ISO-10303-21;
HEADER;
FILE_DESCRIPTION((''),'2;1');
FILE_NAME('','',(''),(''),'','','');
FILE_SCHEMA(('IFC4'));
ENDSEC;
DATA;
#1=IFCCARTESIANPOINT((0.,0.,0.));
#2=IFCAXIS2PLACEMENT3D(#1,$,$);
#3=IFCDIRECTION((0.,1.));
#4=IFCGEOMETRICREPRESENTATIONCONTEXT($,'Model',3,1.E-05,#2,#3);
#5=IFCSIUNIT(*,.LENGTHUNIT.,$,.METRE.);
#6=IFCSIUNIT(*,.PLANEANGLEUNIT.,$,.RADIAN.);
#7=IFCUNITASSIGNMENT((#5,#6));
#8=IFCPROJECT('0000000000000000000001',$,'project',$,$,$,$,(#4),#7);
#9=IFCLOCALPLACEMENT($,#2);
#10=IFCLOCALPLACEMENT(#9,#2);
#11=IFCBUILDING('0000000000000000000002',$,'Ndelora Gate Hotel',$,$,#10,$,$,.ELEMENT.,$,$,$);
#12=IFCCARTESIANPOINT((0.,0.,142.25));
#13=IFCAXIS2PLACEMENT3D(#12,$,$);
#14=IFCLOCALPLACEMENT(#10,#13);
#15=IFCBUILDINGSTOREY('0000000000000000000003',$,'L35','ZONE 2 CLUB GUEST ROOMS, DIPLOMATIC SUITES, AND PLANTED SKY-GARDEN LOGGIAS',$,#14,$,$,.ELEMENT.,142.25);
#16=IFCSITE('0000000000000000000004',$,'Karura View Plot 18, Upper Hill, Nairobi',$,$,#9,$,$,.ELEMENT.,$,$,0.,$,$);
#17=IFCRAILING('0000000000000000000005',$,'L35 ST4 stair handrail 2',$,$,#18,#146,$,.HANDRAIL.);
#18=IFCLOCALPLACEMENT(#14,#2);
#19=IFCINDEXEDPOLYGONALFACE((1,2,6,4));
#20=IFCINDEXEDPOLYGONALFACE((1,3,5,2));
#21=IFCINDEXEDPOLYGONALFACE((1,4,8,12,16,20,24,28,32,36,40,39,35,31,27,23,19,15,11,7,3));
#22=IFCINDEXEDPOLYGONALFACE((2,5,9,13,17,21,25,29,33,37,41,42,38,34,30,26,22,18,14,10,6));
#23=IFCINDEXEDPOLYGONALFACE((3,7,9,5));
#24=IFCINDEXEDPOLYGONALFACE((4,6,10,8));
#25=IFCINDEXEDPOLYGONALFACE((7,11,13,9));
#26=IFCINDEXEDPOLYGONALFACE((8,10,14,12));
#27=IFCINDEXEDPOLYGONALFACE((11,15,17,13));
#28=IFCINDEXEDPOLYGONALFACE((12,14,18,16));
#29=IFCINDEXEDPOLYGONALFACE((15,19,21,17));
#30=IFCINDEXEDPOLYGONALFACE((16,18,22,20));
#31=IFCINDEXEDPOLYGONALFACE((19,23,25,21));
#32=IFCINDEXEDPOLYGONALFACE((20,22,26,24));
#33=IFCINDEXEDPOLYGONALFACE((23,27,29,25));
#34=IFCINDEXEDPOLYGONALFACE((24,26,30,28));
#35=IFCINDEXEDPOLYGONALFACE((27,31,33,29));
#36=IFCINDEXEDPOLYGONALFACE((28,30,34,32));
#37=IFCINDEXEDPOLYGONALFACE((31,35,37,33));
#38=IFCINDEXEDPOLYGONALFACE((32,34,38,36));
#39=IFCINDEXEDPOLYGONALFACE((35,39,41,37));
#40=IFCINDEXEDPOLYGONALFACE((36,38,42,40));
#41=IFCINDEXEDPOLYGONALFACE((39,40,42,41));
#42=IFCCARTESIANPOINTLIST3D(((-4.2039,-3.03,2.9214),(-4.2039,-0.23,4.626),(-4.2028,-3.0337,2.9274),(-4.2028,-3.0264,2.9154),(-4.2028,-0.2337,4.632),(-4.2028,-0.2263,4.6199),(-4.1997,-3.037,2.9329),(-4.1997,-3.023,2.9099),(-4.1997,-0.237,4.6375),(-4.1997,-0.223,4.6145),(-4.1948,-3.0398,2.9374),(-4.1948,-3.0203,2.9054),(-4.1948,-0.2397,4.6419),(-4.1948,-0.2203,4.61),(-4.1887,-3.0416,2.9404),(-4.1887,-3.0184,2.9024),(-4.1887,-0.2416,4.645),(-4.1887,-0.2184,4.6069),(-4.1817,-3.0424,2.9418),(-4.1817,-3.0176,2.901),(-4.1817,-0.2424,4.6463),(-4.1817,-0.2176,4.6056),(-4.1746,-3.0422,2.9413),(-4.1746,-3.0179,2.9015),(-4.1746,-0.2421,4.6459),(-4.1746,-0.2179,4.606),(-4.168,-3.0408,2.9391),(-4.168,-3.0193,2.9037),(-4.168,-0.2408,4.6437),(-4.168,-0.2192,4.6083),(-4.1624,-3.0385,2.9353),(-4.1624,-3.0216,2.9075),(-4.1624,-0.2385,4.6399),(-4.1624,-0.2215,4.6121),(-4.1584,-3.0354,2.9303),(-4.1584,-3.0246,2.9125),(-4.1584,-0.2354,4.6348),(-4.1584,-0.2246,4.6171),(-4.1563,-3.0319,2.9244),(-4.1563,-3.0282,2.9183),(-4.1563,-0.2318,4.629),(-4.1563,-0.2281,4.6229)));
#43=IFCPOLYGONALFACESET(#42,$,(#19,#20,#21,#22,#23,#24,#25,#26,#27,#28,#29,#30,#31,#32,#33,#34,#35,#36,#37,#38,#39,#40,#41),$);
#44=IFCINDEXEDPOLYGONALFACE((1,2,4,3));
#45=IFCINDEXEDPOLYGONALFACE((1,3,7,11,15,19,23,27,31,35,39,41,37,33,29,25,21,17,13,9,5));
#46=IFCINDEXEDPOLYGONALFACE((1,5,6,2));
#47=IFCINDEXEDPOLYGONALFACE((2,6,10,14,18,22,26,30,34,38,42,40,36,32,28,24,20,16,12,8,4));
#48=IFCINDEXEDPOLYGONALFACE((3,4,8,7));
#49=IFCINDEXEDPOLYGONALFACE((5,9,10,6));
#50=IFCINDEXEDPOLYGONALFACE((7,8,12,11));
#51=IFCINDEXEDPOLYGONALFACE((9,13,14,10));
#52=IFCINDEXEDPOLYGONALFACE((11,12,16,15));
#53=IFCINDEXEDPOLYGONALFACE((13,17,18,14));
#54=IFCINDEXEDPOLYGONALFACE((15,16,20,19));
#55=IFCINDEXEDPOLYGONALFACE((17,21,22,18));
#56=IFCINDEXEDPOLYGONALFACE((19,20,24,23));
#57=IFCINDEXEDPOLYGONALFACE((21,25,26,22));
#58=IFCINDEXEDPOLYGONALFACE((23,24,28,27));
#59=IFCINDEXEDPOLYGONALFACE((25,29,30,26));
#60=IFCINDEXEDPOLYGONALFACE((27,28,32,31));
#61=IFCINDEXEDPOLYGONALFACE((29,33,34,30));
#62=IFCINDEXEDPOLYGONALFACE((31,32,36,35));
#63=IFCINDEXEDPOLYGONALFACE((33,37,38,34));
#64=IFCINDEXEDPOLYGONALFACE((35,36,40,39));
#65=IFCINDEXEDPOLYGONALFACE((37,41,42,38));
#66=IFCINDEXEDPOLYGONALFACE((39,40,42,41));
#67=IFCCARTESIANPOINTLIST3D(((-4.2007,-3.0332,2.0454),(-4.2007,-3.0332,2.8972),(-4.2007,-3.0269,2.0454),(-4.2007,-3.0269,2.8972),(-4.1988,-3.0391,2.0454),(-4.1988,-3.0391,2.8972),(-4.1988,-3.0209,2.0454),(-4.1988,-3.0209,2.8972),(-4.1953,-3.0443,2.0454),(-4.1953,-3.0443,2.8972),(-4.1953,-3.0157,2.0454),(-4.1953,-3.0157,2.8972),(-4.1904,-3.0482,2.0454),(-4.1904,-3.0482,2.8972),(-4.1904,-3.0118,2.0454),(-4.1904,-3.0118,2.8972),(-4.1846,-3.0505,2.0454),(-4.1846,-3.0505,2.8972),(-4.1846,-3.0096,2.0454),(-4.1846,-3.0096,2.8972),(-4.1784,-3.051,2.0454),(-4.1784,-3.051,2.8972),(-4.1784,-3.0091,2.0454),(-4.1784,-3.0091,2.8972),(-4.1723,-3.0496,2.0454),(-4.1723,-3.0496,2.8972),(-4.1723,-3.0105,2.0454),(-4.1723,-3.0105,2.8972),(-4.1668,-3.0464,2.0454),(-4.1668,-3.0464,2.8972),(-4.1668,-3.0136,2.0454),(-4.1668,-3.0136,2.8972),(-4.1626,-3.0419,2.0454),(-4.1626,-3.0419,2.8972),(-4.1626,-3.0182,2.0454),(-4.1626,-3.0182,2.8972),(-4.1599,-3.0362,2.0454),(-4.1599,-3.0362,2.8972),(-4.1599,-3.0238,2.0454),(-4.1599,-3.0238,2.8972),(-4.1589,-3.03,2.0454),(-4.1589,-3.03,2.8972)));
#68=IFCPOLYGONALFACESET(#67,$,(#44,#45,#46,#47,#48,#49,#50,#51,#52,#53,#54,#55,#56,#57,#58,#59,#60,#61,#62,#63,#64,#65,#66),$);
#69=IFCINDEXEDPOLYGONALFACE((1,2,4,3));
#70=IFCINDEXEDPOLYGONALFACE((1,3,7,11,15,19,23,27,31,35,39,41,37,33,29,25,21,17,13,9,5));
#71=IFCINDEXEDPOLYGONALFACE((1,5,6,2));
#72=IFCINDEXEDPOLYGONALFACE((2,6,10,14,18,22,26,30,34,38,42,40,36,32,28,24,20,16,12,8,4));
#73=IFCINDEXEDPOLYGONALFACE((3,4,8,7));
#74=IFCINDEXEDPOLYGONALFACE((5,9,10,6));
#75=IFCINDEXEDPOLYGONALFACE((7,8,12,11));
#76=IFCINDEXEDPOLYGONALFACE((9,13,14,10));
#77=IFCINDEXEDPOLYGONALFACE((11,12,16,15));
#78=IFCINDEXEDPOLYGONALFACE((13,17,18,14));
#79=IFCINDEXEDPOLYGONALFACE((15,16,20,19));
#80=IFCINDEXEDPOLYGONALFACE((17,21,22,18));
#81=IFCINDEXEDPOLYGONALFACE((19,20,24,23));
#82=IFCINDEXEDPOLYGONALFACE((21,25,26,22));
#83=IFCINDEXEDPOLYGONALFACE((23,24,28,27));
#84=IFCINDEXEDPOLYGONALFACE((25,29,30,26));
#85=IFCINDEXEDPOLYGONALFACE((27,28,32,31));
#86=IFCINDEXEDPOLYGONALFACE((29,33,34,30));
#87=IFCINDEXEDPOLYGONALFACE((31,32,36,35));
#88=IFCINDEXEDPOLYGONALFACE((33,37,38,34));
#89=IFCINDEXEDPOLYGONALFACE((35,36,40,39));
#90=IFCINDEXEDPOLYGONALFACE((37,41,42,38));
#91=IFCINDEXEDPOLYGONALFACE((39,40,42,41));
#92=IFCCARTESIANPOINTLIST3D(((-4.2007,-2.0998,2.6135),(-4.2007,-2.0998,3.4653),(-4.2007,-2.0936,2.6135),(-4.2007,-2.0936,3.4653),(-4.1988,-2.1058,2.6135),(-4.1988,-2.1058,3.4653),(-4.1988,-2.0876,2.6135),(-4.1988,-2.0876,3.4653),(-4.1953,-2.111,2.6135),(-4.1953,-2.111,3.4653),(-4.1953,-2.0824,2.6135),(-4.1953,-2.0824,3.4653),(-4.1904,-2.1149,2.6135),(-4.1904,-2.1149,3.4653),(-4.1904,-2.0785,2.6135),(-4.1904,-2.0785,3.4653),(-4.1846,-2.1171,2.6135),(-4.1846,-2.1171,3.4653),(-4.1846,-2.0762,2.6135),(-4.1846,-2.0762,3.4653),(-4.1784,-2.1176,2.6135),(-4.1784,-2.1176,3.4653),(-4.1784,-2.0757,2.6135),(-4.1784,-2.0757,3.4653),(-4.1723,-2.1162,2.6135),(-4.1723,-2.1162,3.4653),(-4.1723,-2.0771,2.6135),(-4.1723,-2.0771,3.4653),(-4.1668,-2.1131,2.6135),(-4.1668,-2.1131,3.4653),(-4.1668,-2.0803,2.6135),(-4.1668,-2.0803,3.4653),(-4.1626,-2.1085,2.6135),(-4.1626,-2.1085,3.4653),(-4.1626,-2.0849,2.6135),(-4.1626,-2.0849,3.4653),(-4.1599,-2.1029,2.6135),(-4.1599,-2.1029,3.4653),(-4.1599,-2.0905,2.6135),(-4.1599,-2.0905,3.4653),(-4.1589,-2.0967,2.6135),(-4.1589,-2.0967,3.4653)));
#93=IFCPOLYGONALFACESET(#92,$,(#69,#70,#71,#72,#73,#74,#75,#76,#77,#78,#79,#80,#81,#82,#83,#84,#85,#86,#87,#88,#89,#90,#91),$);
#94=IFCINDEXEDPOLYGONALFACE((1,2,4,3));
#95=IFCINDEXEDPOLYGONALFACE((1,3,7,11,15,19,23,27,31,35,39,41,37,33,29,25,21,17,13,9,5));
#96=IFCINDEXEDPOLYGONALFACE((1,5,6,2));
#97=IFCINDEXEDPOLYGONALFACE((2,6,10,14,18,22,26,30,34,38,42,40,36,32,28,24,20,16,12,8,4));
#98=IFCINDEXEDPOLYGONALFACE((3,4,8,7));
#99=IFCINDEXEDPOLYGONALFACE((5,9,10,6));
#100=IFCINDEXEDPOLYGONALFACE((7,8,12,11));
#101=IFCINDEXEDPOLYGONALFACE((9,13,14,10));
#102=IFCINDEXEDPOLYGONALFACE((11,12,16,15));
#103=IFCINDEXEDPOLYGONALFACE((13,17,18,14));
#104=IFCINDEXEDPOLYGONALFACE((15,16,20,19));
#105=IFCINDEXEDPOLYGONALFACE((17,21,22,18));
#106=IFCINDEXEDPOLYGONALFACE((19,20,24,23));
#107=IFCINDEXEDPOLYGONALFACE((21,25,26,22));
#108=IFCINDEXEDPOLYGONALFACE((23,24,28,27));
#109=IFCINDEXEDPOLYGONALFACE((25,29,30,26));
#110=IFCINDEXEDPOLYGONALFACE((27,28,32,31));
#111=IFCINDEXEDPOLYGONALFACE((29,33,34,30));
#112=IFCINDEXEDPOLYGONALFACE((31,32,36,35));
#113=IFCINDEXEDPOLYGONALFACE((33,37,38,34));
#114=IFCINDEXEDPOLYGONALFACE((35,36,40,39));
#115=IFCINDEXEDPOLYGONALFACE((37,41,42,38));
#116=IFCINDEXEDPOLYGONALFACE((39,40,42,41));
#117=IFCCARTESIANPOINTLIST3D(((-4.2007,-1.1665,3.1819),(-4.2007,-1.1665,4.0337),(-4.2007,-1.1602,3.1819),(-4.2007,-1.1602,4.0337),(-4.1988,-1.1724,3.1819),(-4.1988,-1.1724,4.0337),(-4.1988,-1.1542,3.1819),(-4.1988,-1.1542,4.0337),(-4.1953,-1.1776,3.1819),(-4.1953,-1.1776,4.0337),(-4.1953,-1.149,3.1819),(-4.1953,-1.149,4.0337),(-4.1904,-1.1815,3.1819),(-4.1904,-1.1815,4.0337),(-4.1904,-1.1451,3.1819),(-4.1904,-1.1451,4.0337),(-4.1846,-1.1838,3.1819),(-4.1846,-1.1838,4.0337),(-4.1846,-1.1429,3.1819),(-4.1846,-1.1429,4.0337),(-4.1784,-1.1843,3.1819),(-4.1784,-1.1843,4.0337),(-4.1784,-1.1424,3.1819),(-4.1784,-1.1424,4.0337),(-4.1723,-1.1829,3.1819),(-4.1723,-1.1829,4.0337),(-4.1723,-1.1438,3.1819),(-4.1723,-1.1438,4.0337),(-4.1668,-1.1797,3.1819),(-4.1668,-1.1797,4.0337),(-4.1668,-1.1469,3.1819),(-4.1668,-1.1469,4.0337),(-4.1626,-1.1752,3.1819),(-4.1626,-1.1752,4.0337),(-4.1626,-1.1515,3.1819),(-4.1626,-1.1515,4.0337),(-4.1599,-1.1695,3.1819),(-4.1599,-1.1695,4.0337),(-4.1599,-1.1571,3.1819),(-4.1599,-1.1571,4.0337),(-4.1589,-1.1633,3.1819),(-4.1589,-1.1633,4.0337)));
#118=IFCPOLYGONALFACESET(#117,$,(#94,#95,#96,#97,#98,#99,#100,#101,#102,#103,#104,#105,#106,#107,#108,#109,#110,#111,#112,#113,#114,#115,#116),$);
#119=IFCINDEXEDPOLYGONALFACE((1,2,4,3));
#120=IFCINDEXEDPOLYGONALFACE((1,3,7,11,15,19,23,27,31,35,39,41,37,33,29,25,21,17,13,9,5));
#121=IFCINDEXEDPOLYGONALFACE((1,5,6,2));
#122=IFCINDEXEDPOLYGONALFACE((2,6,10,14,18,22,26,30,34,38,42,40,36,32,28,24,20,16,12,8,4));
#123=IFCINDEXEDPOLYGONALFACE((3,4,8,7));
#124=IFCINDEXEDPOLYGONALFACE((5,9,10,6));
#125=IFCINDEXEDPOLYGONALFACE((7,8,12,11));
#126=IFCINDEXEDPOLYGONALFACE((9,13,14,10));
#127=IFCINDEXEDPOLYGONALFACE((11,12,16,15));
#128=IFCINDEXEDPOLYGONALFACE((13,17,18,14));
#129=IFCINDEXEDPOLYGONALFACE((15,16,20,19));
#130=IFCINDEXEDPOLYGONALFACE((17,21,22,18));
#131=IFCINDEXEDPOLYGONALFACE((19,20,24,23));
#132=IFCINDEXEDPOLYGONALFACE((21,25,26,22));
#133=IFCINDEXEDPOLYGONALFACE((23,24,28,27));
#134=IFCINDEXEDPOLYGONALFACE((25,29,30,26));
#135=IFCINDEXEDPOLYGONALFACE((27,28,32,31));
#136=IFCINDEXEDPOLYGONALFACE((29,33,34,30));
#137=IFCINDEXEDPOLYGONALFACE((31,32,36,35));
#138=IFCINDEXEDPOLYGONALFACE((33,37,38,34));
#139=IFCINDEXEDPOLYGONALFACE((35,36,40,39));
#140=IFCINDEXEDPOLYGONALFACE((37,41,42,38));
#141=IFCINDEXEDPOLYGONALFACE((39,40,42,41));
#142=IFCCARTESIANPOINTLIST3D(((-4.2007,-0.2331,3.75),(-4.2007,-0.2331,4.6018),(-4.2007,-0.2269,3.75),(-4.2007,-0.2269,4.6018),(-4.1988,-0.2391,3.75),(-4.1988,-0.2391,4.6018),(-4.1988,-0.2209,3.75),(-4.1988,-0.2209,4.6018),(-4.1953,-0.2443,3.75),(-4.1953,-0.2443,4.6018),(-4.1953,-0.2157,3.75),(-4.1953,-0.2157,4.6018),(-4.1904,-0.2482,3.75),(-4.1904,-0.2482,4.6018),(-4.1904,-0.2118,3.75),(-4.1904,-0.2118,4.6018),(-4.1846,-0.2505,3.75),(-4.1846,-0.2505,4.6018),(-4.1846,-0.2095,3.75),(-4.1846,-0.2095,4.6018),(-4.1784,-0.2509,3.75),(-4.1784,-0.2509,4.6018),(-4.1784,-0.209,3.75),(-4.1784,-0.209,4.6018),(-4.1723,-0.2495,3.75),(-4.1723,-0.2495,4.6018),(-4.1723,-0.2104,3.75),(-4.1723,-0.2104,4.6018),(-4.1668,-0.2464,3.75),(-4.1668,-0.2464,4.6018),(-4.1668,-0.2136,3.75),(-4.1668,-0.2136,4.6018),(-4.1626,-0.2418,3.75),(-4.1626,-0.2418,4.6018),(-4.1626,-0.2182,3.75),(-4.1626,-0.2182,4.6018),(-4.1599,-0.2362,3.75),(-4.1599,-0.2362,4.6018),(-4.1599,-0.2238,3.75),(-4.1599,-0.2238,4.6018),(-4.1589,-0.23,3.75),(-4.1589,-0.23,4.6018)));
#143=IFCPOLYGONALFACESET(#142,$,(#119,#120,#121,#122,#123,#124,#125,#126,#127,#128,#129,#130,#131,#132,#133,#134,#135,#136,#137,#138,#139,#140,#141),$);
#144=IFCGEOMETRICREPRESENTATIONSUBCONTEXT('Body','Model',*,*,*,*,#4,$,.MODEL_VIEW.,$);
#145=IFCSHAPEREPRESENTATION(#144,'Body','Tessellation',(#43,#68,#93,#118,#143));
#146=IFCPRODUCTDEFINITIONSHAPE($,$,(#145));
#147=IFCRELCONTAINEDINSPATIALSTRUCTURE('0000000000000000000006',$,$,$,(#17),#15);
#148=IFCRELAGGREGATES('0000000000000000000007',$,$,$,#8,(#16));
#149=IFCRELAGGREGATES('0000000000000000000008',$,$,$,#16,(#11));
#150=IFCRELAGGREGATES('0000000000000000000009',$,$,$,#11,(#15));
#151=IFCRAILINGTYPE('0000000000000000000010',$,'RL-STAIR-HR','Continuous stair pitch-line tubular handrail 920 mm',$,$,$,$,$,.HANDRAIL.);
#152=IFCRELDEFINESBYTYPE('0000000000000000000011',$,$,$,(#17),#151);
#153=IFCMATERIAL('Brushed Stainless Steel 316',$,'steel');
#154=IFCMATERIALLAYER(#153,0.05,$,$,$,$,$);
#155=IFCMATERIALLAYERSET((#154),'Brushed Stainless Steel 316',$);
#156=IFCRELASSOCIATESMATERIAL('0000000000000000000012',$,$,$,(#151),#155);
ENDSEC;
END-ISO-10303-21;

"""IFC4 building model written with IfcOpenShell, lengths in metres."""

from ifc_helpers import new_model, si_unit, direction, frame, origin, origin_2d, place, context, subcontext, project, spatial, circle, extrude, material, layer, layer_set, type_object, element, save


model = new_model("IFC4")

# Units and contexts
model_context = context("Model", 3, precision=1e-05, world=origin(), true_north=direction((0.0, 1.0)))
body_context = subcontext(model_context, "Body", "Model", "MODEL_VIEW")
ifc_project = project(units=[si_unit("LENGTHUNIT", "METRE"), si_unit("PLANEANGLEUNIT", "RADIAN")], contexts=[model_context])

# Site, building, storey
site_placement = place(None, origin())
site = spatial("IfcSite", under=ifc_project, at=site_placement, Name="Karura View Plot 18, Upper Hill, Nairobi", CompositionType="ELEMENT", RefElevation=0.0)
building_placement = place(site_placement, origin())
building = spatial("IfcBuilding", under=site, at=building_placement, Name="Ndelora Gate Hotel", CompositionType="ELEMENT")
storey_placement = place(building_placement, frame((0.0, 0.0, 142.25)))
storey = spatial("IfcBuildingStorey", under=building, at=storey_placement, Name="L35", Description="ZONE 2 CLUB GUEST ROOMS, DIPLOMATIC SUITES, AND PLANTED SKY-GARDEN LOGGIAS", CompositionType="ELEMENT", Elevation=142.25)

# Railing
ifc_material_1 = material(Name="Brushed Stainless Steel 316", Category="steel")
ifc_layer_1 = layer(ifc_material_1, 0.05)
ifc_layer_set_1 = layer_set([ifc_layer_1], Name="Brushed Stainless Steel 316")
railing_type_1 = type_object("IfcRailingType", Name="RL-STAIR-HR", Description="Continuous stair pitch-line tubular handrail 920 mm", PredefinedType="HANDRAIL", material=ifc_layer_set_1)
railing_1_placement = place(storey_placement, frame((-4.1799, -3.03, 2.0454)))
element("IfcRailing", 1, at=railing_1_placement, inside=storey, type_object=railing_type_1, Name="L35 ST4 stair handrail 2", PredefinedType="HANDRAIL", context=body_context, shape_type="SweptSolid", body=[
    extrude(circle(Radius=0.0239, at=origin_2d()), frame((0.0, 0.0, 0.876), z_axis=(0.0, 0.85417, 0.519994), x_axis=(-1.0, 0.0, 0.0)), (0.0, 0.0, 1.0), 3.2781),
    extrude(circle(Radius=0.021, at=origin_2d()), origin(), (0.0, 0.0, 1.0), 0.8518),
    extrude(circle(Radius=0.021, at=origin_2d()), frame((0.0, 0.9333, 0.5681)), (0.0, 0.0, 1.0), 0.8518),
    extrude(circle(Radius=0.021, at=origin_2d()), frame((0.0, 1.8667, 1.1365)), (0.0, 0.0, 1.0), 0.8518),
    extrude(circle(Radius=0.021, at=origin_2d()), frame((0.0, 2.8, 1.7046)), (0.0, 0.0, 1.0), 0.8518),
])

save(model, "model.ifc")
